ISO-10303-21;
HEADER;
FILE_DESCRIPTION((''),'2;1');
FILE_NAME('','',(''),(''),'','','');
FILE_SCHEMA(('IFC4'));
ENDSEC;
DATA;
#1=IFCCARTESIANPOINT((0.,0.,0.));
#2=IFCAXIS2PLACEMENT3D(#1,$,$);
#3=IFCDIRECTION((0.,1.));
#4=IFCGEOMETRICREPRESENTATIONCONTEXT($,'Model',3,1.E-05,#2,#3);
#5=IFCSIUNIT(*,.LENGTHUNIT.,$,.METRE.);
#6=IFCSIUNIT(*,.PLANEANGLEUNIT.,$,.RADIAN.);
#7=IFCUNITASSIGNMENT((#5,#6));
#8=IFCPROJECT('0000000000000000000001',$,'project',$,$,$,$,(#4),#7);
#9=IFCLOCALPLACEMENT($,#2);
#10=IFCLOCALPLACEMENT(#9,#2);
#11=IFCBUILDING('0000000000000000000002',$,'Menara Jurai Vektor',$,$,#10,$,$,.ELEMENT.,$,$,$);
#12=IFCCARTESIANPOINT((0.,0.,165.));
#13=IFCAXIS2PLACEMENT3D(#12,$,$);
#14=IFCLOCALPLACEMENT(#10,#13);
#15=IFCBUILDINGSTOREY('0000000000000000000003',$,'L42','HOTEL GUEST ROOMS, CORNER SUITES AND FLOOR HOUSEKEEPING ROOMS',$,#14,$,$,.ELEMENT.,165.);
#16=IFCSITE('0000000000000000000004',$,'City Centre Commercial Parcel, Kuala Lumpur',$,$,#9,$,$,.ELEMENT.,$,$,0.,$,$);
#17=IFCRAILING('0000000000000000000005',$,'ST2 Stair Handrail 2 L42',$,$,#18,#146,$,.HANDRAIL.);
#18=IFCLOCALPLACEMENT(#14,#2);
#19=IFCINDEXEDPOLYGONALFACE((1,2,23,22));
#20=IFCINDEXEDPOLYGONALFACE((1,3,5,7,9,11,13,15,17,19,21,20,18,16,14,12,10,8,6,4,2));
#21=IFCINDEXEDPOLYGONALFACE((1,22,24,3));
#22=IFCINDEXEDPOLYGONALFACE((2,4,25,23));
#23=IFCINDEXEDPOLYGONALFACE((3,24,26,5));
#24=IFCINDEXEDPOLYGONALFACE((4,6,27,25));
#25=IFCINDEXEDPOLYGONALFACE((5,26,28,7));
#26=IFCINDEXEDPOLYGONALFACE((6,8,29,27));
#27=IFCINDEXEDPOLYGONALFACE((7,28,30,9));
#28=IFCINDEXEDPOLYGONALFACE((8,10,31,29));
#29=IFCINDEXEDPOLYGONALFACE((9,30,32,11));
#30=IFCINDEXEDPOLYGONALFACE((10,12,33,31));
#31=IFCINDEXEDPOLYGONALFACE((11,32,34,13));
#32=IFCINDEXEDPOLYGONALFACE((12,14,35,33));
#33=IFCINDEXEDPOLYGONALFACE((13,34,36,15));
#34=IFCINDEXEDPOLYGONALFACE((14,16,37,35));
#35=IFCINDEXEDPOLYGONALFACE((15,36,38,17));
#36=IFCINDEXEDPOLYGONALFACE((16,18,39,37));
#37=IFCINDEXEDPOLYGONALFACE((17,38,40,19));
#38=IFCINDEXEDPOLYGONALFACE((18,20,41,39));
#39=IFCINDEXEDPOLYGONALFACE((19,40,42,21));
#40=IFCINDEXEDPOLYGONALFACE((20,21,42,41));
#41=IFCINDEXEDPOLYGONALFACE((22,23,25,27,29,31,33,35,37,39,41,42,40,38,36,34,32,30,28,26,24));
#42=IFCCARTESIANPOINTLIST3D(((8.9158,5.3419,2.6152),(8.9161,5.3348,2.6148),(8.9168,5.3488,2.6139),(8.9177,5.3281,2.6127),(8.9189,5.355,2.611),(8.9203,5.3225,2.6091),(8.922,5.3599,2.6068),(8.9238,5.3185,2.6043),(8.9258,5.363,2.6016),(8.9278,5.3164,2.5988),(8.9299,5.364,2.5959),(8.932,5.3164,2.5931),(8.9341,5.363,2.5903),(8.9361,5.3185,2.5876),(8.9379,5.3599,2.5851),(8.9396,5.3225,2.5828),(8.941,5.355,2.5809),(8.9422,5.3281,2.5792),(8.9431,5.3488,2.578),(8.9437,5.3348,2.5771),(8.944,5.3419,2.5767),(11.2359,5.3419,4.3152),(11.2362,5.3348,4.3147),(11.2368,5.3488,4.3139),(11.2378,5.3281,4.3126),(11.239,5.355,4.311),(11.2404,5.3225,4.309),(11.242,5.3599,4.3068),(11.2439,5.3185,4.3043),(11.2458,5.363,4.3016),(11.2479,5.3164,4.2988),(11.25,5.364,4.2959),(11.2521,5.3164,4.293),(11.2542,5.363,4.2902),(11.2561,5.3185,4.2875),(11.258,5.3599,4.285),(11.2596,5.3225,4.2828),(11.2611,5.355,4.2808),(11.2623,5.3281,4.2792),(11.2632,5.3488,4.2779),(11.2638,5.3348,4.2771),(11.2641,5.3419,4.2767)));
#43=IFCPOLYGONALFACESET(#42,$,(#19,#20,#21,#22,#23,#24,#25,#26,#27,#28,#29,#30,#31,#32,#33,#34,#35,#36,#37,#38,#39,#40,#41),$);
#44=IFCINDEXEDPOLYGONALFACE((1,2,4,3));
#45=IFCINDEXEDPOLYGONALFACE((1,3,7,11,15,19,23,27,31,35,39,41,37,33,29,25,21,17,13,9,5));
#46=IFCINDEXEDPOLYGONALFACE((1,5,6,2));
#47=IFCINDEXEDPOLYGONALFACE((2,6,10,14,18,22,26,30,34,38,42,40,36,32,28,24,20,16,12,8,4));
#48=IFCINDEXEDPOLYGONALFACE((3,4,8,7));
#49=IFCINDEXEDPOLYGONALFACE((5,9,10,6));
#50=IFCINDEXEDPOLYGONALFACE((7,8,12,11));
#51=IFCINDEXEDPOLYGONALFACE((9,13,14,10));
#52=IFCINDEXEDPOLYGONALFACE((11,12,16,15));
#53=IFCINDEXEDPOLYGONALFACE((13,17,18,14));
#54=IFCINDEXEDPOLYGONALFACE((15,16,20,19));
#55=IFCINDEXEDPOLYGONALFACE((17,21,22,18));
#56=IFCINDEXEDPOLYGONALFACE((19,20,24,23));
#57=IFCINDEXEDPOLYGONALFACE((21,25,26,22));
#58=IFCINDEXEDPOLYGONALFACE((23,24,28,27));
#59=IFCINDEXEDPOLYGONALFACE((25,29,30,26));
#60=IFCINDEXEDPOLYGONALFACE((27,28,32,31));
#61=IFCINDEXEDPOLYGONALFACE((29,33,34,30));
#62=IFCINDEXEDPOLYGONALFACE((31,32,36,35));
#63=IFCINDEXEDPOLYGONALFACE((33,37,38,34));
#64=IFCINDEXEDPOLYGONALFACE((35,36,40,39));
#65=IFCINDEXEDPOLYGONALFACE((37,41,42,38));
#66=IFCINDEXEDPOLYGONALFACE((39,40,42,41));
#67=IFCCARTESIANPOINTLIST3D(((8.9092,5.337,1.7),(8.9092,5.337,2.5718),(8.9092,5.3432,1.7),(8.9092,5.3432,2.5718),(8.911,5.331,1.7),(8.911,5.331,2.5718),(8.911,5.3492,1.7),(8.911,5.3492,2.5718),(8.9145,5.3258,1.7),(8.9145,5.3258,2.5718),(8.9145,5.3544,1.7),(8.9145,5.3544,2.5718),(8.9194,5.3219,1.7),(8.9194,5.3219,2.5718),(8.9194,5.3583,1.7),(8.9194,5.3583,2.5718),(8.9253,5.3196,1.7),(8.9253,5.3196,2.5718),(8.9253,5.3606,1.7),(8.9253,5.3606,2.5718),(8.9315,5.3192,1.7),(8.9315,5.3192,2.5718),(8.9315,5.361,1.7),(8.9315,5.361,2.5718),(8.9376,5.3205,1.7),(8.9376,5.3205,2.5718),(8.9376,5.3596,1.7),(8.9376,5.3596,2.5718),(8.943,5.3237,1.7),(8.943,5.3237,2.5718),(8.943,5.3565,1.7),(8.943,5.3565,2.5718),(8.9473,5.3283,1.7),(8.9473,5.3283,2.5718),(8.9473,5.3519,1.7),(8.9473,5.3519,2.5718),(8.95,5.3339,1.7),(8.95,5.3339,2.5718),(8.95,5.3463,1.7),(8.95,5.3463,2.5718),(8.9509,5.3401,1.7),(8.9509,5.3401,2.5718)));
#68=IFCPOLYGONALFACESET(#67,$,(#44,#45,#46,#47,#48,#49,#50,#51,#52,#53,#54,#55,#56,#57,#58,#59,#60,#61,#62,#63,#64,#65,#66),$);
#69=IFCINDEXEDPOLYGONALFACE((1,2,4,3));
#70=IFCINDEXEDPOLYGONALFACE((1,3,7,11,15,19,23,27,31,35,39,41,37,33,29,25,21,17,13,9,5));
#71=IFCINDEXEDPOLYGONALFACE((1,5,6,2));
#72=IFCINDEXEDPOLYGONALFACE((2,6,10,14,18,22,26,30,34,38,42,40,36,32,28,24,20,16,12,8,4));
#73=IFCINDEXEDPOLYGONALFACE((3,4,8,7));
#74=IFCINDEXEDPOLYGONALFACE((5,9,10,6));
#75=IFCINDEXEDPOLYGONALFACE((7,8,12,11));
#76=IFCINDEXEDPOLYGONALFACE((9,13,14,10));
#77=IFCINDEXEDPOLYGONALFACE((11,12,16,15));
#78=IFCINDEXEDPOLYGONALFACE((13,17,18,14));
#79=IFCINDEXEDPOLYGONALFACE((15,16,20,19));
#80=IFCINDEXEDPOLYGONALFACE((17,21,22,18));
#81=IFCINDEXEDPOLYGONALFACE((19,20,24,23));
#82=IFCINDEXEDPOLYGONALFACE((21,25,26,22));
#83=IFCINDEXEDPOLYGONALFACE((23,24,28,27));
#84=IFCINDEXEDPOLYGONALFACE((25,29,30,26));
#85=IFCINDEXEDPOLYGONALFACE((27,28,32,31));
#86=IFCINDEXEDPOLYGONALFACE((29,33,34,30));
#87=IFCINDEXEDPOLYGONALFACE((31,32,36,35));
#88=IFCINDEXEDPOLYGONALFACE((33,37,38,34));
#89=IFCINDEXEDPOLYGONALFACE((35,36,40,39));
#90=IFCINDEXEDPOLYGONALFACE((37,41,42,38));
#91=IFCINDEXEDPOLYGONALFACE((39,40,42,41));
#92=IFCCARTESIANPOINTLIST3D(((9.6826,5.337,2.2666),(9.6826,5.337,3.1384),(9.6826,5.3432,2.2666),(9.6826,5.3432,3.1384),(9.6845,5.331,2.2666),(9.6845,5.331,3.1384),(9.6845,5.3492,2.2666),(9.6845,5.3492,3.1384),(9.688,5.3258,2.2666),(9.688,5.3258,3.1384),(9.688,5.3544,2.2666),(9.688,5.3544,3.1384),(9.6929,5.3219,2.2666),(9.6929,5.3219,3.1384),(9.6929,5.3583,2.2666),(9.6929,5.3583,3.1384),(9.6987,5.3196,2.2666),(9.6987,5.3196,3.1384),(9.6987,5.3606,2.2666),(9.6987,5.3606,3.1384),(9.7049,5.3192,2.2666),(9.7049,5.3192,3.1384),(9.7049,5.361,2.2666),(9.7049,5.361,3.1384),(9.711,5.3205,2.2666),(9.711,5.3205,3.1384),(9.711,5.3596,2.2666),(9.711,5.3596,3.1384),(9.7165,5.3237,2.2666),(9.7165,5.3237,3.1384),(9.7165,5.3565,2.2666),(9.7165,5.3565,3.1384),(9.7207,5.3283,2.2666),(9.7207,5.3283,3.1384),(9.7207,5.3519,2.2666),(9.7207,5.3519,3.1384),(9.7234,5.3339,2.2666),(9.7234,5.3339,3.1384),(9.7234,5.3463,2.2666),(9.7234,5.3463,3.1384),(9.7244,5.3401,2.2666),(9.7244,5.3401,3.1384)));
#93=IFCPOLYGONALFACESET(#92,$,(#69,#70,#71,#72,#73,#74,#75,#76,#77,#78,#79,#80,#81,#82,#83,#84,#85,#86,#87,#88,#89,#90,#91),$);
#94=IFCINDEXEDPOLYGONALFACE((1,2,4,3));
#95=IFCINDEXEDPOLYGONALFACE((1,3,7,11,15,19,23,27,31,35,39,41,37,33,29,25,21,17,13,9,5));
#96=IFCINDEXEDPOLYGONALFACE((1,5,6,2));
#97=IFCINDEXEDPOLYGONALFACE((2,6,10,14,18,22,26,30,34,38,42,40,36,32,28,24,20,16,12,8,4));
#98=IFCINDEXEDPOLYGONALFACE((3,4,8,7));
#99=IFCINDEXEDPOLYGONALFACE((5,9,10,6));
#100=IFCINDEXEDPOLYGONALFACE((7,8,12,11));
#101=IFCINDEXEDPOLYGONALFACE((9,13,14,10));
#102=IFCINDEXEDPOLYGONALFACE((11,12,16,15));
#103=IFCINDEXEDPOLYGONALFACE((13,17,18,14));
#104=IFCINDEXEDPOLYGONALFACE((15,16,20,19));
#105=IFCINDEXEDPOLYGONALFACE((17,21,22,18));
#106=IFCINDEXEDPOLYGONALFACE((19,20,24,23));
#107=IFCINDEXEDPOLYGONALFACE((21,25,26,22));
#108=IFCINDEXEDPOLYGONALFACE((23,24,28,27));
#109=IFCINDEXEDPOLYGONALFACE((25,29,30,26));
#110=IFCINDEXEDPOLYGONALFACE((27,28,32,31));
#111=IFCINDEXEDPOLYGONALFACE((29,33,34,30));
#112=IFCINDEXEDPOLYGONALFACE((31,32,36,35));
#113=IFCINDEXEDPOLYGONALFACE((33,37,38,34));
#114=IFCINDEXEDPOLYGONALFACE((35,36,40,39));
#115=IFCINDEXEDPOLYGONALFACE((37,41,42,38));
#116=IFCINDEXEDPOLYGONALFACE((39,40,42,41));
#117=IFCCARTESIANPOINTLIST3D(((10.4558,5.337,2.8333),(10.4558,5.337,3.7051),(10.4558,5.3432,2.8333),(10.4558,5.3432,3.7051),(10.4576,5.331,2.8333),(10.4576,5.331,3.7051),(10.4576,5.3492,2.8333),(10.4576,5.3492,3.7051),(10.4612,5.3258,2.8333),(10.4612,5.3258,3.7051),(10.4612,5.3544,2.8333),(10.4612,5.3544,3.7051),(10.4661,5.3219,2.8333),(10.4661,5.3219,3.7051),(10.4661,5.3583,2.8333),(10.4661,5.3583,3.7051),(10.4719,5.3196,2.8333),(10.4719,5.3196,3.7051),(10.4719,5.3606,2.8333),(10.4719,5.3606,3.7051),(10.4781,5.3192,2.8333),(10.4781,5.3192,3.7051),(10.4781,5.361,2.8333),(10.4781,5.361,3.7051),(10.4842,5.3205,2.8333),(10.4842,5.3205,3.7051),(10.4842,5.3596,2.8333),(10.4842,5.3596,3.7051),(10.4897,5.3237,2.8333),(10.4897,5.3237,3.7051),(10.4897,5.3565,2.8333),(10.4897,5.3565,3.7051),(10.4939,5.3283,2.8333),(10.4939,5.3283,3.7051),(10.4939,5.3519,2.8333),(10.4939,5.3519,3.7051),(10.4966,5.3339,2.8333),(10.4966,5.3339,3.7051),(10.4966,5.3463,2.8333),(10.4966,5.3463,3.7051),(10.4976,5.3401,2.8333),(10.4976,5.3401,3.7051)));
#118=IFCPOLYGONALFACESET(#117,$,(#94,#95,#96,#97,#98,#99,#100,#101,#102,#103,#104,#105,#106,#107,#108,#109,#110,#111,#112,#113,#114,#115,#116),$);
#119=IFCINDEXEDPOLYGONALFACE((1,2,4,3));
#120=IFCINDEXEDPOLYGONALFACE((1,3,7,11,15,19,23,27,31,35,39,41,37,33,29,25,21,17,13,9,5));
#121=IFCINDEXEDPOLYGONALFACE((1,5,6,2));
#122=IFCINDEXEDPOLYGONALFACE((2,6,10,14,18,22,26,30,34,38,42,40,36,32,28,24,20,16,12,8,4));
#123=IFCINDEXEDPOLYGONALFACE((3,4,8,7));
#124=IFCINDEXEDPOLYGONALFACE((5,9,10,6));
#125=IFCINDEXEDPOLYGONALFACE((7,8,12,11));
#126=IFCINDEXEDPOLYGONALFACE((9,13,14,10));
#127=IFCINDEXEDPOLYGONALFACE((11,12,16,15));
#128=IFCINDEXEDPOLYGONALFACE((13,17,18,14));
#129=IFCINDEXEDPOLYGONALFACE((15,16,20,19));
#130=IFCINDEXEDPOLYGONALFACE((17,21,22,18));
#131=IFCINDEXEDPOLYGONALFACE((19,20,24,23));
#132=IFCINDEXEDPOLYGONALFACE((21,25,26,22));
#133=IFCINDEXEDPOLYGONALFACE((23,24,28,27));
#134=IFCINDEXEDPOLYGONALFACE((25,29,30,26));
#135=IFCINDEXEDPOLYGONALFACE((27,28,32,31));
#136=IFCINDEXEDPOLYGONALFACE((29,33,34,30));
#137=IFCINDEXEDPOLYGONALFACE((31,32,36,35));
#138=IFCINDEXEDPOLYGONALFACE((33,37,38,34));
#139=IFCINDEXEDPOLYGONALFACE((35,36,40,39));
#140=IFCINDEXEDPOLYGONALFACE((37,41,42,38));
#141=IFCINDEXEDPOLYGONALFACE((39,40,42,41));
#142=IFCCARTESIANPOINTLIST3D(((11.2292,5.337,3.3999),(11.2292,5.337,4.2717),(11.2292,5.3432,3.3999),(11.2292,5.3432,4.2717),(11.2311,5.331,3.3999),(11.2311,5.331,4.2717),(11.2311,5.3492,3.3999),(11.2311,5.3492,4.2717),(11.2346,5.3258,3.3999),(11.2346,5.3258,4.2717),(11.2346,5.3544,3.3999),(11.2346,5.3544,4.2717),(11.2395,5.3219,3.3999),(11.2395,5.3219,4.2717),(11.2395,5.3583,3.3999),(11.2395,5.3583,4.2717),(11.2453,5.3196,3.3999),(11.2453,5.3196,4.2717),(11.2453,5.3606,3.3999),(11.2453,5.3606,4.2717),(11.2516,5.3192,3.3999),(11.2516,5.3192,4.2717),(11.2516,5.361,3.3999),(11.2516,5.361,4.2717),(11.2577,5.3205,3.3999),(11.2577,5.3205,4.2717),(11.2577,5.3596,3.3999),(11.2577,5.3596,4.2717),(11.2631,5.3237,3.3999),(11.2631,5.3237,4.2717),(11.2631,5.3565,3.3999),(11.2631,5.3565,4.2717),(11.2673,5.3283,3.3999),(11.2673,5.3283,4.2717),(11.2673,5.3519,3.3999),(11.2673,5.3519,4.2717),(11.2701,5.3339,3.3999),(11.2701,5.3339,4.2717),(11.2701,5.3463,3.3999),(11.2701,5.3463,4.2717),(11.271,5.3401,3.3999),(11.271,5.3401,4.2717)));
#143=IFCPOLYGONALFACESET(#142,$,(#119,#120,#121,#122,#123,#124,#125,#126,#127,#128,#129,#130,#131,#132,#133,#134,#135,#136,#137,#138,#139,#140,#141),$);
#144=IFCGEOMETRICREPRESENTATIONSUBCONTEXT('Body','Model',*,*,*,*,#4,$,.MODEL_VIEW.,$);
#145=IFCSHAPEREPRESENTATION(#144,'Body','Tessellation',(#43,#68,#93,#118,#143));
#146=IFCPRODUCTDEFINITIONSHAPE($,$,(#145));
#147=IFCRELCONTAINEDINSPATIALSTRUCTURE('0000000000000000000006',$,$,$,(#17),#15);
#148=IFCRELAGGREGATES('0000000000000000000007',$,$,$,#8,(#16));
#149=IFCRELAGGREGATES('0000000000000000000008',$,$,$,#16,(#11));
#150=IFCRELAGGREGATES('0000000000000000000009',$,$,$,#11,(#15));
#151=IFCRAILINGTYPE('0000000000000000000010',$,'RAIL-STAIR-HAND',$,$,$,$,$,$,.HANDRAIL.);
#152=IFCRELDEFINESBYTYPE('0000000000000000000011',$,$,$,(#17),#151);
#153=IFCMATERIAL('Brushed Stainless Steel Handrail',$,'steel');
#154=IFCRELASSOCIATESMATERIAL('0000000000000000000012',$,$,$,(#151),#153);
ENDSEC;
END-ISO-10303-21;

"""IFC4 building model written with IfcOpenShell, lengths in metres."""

from ifc_helpers import new_model, si_unit, direction, frame, origin, origin_2d, place, context, subcontext, project, spatial, circle, extrude, material, type_object, element, save


model = new_model("IFC4")

# Units and contexts
model_context = context("Model", 3, precision=1e-05, world=origin(), true_north=direction((0.0, 1.0)))
body_context = subcontext(model_context, "Body", "Model", "MODEL_VIEW")
ifc_project = project(units=[si_unit("LENGTHUNIT", "METRE"), si_unit("PLANEANGLEUNIT", "RADIAN")], contexts=[model_context])

# Site, building, storey
site_placement = place(None, origin())
site = spatial("IfcSite", under=ifc_project, at=site_placement, Name="City Centre Commercial Parcel, Kuala Lumpur", CompositionType="ELEMENT", RefElevation=0.0)
building_placement = place(site_placement, origin())
building = spatial("IfcBuilding", under=site, at=building_placement, Name="Menara Jurai Vektor", CompositionType="ELEMENT")
storey_placement = place(building_placement, frame((0.0, 0.0, 165.0)))
storey = spatial("IfcBuildingStorey", under=building, at=storey_placement, Name="L42", Description="HOTEL GUEST ROOMS, CORNER SUITES AND FLOOR HOUSEKEEPING ROOMS", CompositionType="ELEMENT", Elevation=165.0)

# Railing
ifc_material_1 = material(Name="Brushed Stainless Steel Handrail", Category="steel")
railing_type_1 = type_object("IfcRailingType", Name="RAIL-STAIR-HAND", PredefinedType="HANDRAIL", material=ifc_material_1)
railing_1_placement = place(storey_placement, frame((8.9299, 5.3401, 1.7)))
element("IfcRailing", 1, at=railing_1_placement, inside=storey, type_object=railing_type_1, Name="ST2 Stair Handrail 2 L42", PredefinedType="HANDRAIL", context=body_context, shape_type="SweptSolid", body=[
    extrude(circle(Radius=0.0239, at=origin_2d()), frame((0.0, 0.0, 0.896), z_axis=(0.806642, 0.0, 0.59104), x_axis=(0.0, 1.0, 0.0)), (0.0, 0.0, 1.0), 2.8762),
    extrude(circle(Radius=0.021, at=origin_2d()), origin(), (0.0, 0.0, 1.0), 0.8718),
    extrude(circle(Radius=0.021, at=origin_2d()), frame((0.7734, 0.0, 0.5667)), (0.0, 0.0, 1.0), 0.8718),
    extrude(circle(Radius=0.021, at=origin_2d()), frame((1.5466, 0.0, 1.1333)), (0.0, 0.0, 1.0), 0.8718),
    extrude(circle(Radius=0.021, at=origin_2d()), frame((2.3201, 0.0, 1.7)), (0.0, 0.0, 1.0), 0.8718),
])

save(model, "model.ifc")
